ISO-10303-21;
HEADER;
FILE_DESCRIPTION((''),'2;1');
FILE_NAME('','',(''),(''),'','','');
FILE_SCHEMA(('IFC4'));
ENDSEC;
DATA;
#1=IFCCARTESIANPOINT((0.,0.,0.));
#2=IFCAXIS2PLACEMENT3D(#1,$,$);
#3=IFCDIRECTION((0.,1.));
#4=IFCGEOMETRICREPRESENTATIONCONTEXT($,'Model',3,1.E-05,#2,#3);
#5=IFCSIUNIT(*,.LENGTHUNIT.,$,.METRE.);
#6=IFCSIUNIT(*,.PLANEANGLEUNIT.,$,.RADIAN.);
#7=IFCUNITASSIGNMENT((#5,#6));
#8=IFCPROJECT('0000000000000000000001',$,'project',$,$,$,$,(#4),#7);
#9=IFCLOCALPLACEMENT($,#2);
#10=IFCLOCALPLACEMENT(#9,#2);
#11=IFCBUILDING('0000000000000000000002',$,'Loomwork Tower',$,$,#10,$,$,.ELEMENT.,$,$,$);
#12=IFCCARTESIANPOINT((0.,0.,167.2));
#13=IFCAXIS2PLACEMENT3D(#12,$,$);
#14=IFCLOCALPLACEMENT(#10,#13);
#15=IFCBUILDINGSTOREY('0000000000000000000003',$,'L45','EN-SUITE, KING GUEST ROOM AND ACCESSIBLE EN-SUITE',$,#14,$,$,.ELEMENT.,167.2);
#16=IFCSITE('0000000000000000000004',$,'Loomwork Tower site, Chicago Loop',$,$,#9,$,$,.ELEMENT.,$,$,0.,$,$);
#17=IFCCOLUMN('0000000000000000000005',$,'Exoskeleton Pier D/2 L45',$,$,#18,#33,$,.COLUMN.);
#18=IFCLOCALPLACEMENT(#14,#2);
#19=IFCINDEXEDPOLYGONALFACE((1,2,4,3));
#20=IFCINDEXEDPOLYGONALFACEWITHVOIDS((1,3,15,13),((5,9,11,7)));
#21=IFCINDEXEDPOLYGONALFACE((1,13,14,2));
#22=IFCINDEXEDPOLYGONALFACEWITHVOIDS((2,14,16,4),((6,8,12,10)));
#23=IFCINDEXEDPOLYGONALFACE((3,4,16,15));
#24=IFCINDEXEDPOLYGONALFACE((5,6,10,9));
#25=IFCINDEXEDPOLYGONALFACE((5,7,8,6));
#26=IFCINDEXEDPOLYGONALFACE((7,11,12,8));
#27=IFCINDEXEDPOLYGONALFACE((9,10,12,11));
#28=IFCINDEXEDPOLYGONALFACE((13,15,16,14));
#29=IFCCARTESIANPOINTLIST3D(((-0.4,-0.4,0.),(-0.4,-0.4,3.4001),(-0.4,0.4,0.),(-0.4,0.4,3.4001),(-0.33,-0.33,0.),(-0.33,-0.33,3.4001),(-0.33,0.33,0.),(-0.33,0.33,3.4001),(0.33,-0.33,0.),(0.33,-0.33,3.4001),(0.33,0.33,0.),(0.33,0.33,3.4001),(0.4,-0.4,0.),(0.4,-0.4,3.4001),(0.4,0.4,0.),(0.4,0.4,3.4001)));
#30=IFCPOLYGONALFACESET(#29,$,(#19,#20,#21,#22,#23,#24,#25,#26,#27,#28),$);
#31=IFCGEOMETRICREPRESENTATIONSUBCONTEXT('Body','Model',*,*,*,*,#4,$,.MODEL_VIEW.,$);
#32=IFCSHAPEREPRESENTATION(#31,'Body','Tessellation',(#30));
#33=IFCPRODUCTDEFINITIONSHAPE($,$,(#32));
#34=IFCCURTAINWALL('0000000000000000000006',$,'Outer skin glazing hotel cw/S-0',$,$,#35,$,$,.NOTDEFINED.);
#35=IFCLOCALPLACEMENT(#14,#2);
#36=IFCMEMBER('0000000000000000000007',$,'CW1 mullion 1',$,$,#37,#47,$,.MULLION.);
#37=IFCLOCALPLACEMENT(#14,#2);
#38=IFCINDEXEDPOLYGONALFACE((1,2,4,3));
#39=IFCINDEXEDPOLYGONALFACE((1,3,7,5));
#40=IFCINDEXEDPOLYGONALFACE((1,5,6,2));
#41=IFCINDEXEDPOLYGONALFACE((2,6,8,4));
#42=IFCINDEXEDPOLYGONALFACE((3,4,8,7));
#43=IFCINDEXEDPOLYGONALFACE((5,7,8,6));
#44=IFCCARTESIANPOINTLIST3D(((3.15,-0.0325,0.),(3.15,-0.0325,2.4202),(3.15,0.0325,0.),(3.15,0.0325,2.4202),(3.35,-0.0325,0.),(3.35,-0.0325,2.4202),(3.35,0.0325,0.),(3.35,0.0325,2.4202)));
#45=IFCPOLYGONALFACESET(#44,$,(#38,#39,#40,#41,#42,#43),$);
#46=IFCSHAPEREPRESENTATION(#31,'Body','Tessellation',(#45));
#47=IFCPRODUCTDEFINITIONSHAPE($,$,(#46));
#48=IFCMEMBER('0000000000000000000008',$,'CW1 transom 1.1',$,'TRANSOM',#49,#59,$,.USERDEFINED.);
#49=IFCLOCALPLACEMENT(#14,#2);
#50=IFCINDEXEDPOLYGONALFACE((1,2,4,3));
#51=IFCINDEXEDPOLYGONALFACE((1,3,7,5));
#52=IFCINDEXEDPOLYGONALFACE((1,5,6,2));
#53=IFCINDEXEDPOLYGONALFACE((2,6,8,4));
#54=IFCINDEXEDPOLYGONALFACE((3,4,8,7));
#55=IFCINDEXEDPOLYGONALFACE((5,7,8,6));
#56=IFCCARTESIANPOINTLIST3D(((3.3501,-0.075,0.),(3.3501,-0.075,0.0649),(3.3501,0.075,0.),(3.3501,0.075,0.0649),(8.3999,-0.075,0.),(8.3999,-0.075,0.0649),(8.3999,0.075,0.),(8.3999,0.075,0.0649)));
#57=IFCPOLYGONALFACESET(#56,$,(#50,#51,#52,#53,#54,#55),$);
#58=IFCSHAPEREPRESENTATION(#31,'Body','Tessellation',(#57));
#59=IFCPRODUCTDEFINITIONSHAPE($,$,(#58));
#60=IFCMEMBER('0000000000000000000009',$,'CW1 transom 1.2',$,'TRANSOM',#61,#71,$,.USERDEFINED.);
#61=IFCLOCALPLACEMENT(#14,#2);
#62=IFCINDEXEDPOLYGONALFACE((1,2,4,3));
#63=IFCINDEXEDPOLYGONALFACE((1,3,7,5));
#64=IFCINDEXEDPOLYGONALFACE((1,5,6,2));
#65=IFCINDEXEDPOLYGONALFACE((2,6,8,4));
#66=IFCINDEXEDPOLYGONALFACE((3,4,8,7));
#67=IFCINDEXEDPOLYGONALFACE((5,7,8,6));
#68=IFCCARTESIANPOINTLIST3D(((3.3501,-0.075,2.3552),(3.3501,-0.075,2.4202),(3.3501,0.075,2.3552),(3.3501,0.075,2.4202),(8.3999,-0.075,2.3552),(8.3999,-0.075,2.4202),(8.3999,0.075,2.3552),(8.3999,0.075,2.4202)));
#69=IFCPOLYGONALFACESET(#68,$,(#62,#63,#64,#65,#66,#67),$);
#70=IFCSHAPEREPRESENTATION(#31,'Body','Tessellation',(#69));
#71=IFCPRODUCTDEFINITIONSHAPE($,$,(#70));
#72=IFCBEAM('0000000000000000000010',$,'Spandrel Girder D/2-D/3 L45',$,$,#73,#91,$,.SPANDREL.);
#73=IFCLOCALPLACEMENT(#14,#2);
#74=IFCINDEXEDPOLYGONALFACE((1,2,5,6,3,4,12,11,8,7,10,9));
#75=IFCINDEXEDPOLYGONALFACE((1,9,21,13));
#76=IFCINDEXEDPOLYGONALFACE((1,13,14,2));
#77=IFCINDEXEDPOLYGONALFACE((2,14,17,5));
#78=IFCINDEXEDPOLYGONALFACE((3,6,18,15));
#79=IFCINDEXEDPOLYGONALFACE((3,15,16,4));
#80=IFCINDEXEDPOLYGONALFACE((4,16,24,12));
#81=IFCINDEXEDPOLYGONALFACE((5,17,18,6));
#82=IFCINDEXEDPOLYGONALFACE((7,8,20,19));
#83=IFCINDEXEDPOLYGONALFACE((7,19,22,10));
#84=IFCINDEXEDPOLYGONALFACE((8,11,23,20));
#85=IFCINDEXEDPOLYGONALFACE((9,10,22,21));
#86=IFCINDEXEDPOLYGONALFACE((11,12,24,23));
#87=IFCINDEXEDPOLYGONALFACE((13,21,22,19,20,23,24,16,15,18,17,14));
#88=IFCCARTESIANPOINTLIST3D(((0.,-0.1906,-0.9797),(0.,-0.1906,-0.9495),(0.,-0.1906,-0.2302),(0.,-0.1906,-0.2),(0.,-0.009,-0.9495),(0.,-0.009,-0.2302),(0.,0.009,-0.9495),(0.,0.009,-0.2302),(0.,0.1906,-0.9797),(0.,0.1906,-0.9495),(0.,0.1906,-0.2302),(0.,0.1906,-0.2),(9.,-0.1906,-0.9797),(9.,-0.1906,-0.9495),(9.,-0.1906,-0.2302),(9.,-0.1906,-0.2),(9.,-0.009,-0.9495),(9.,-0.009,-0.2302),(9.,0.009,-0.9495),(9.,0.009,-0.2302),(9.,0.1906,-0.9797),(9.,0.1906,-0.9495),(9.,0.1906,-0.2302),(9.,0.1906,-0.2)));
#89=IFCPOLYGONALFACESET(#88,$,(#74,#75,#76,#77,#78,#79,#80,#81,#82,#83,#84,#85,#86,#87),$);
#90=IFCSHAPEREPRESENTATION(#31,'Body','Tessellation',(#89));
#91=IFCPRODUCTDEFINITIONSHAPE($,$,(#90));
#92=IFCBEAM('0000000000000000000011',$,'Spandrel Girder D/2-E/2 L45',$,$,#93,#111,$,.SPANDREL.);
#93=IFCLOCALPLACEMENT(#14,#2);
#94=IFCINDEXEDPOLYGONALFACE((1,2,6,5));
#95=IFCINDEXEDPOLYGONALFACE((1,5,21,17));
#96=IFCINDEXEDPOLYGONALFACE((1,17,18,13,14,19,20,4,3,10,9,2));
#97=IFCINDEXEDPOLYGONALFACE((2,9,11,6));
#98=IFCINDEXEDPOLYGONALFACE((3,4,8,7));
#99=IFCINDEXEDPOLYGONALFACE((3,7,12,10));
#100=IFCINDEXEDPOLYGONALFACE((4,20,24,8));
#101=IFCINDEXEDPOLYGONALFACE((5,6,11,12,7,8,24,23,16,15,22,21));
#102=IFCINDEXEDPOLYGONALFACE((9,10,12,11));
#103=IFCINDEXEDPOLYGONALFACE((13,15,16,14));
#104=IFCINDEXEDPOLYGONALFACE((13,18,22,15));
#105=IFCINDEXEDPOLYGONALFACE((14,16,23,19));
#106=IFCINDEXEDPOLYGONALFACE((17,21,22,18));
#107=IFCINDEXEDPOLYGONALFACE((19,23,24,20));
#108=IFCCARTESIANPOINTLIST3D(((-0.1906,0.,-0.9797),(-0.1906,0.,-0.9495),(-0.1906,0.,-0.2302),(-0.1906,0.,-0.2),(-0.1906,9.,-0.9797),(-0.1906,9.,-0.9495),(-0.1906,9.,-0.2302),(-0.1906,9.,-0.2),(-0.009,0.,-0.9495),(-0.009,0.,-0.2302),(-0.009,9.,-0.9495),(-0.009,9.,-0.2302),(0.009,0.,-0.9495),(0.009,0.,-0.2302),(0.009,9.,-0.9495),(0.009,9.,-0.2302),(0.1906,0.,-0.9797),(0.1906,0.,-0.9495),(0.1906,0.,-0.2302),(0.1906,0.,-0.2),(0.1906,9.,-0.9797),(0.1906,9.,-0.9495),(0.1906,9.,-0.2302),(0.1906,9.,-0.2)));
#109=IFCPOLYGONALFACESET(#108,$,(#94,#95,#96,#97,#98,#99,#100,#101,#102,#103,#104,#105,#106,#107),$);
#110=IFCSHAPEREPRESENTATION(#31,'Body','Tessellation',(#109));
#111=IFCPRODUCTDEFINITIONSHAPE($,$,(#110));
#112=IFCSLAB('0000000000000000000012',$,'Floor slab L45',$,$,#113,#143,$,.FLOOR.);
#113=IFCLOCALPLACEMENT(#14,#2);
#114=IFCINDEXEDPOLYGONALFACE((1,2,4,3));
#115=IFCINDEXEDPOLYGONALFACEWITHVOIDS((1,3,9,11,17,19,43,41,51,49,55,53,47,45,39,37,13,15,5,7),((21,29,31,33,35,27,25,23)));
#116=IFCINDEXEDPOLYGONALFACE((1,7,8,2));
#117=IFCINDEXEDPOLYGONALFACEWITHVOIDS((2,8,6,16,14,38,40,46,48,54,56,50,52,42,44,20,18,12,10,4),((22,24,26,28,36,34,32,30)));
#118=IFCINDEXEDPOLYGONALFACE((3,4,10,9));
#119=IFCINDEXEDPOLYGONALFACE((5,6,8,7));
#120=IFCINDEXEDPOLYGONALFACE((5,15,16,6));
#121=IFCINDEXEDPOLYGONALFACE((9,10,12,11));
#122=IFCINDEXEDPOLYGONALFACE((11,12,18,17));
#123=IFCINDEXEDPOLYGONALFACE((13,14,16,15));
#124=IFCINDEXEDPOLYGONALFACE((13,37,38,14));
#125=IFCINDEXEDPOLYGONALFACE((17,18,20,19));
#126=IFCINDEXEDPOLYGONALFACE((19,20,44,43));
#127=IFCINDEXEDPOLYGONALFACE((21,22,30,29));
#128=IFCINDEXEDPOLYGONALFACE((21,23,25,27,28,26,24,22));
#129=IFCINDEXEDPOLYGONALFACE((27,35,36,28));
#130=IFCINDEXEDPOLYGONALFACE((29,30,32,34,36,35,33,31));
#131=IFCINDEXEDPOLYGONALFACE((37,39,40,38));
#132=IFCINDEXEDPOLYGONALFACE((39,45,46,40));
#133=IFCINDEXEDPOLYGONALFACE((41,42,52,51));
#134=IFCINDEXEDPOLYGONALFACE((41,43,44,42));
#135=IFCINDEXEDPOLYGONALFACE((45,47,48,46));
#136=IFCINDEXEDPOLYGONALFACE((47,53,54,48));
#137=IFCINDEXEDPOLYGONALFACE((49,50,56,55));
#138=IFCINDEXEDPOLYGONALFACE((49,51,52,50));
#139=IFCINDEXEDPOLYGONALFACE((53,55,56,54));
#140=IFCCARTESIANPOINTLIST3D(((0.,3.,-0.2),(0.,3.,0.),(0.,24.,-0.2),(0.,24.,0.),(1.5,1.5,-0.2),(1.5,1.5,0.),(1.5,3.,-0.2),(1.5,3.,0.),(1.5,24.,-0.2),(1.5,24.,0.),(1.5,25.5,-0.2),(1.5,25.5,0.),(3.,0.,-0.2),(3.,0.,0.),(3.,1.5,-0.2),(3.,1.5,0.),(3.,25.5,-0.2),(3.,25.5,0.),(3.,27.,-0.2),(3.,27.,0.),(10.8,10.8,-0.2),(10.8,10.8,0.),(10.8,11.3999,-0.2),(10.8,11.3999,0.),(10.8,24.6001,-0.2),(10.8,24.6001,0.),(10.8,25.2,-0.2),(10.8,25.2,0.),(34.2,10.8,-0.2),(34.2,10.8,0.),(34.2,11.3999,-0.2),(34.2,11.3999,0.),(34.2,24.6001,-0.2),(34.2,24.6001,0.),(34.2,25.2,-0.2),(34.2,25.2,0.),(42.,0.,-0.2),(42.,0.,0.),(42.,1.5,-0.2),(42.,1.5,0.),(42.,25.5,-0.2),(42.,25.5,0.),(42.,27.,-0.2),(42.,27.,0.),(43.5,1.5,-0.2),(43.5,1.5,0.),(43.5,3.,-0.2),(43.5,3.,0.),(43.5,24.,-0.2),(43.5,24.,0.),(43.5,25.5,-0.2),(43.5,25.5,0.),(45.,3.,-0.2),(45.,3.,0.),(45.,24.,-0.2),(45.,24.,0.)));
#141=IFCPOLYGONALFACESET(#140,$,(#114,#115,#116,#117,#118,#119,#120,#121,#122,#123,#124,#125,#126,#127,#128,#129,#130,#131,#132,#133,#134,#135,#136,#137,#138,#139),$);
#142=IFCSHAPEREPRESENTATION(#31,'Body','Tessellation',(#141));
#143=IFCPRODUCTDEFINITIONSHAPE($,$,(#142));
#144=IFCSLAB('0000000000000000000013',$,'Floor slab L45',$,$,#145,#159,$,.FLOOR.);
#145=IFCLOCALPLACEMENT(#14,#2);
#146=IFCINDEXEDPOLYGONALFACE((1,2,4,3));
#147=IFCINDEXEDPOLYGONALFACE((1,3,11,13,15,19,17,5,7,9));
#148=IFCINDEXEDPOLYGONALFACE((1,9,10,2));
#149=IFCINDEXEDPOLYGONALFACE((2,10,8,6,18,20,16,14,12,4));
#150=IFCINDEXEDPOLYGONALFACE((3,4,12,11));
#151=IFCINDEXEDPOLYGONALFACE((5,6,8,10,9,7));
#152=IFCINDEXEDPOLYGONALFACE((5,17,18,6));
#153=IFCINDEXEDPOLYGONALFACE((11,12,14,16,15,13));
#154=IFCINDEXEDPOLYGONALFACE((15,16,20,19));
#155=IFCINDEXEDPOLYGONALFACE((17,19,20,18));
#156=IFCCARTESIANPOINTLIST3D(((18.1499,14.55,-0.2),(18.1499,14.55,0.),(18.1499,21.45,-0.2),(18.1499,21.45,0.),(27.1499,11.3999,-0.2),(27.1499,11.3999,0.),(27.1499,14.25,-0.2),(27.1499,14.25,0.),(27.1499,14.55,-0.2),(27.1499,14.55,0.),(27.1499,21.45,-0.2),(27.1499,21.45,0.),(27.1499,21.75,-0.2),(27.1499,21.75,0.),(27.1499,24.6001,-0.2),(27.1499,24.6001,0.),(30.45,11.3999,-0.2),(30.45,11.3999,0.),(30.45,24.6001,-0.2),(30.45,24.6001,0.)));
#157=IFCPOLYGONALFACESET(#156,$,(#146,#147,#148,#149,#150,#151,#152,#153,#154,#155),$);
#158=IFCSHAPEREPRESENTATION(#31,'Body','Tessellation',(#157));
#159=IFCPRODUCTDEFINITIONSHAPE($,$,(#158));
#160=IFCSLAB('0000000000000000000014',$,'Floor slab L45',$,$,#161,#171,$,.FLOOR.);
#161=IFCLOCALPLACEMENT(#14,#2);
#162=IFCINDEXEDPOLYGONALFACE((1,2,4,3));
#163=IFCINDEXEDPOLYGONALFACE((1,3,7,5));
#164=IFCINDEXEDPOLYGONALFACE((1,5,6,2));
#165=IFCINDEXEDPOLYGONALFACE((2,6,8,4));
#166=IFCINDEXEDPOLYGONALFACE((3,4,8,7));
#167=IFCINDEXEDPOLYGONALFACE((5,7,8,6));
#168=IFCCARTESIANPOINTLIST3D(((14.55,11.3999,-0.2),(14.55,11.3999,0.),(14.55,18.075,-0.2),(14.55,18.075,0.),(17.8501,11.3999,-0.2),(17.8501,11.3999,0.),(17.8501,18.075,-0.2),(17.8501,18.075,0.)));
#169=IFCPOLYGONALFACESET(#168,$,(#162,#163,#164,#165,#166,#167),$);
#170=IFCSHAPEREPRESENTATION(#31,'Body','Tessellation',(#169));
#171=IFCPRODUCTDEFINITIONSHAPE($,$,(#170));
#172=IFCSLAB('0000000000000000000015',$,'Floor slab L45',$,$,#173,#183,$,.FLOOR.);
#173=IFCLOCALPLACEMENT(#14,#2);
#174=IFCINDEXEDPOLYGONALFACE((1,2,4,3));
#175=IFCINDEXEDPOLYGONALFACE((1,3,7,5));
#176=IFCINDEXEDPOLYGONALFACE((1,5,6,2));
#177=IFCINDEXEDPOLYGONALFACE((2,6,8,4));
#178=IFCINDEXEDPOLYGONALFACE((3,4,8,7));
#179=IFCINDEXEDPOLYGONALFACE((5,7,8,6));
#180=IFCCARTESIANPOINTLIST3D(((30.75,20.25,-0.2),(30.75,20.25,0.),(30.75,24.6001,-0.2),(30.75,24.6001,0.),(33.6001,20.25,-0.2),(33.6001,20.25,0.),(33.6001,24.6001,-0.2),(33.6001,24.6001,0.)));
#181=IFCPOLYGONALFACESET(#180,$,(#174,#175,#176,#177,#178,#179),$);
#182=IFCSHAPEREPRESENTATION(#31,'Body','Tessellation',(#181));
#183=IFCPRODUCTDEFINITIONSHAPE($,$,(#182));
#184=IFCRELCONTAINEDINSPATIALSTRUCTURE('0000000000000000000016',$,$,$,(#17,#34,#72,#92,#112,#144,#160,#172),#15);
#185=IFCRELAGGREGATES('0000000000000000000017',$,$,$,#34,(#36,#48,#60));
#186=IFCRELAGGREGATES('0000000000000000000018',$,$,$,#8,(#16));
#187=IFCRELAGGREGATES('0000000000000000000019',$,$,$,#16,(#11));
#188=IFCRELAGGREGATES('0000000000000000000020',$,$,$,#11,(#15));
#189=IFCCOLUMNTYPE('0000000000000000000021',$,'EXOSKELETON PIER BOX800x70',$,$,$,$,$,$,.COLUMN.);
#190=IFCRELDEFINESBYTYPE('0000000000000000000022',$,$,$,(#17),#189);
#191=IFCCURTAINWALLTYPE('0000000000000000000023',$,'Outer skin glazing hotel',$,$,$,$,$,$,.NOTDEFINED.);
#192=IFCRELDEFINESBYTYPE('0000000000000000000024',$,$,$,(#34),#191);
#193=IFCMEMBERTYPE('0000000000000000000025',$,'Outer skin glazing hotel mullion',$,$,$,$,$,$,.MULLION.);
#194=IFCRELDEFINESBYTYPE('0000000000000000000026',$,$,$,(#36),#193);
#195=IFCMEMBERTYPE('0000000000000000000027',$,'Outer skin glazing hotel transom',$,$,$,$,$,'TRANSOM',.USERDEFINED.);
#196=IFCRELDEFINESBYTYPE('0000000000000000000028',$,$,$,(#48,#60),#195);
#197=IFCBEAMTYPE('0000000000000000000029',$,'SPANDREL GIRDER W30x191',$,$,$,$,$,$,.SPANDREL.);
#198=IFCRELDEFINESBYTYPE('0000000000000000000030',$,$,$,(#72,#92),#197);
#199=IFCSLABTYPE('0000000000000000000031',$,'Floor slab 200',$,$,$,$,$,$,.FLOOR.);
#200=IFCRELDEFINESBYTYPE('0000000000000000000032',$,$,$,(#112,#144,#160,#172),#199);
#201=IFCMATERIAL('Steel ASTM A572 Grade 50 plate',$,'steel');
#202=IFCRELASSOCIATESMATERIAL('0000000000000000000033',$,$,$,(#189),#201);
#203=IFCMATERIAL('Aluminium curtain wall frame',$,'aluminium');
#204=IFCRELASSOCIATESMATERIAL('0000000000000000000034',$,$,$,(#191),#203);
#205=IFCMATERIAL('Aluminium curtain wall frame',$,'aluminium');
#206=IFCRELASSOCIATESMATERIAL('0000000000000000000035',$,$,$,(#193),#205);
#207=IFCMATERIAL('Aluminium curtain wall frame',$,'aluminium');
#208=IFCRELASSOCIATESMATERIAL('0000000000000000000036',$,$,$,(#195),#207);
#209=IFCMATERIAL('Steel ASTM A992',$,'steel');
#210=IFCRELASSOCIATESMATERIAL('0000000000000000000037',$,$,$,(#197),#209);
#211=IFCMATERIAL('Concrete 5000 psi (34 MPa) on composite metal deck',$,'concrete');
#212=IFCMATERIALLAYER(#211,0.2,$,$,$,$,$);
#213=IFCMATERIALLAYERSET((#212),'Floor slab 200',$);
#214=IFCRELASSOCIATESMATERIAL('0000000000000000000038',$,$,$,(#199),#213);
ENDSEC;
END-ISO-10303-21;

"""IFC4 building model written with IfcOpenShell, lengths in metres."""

from ifc_helpers import new_model, si_unit, direction, frame, origin, origin_with_axes, origin_2d, place, context, subcontext, project, spatial, polyline, rectangle, hollow_rectangle, i_section, outline, extrude, material, layer, layer_set, material_profile, profile_set, type_object, element, aggregate, save


model = new_model("IFC4")

# Units and contexts
model_context = context("Model", 3, precision=1e-05, world=origin(), true_north=direction((0.0, 1.0)))
body_context = subcontext(model_context, "Body", "Model", "MODEL_VIEW")
ifc_project = project(units=[si_unit("LENGTHUNIT", "METRE"), si_unit("PLANEANGLEUNIT", "RADIAN")], contexts=[model_context])

# Site, building, storey
site_placement = place(None, origin())
site = spatial("IfcSite", under=ifc_project, at=site_placement, Name="Loomwork Tower site, Chicago Loop", CompositionType="ELEMENT", RefElevation=0.0)
building_placement = place(site_placement, origin())
building = spatial("IfcBuilding", under=site, at=building_placement, Name="Loomwork Tower", CompositionType="ELEMENT")
storey_placement = place(building_placement, frame((0.0, 0.0, 167.2)))
storey = spatial("IfcBuildingStorey", under=building, at=storey_placement, Name="L45", Description="EN-SUITE, KING GUEST ROOM AND ACCESSIBLE EN-SUITE", CompositionType="ELEMENT", Elevation=167.2)

# Column
ifc_material_1 = material(Name="Steel ASTM A572 Grade 50 plate", Category="steel")
ifc_material_profile_1 = material_profile(ifc_material_1, hollow_rectangle(XDim=0.8, YDim=0.8, WallThickness=0.0701, at=origin_2d()), Name="BOX800x70")
ifc_profile_set_1 = profile_set([ifc_material_profile_1], Name="Steel ASTM A572 Grade 50 plate")
column_type = type_object("IfcColumnType", Name="EXOSKELETON PIER BOX800x70", PredefinedType="COLUMN", material=ifc_profile_set_1)
column_placement = place(storey_placement, origin_with_axes())
element("IfcColumn", 1, at=column_placement, inside=storey, type_object=column_type, Name="Exoskeleton Pier D/2 L45", PredefinedType="COLUMN", context=body_context, shape_type="SweptSolid", body=[
    extrude(hollow_rectangle(XDim=0.8, YDim=0.8, WallThickness=0.0701, at=origin_2d()), origin(), (0.0, 0.0, 1.0), 3.4001),
])

# Curtain wall, members
ifc_material_2 = material(Name="Aluminium curtain wall frame", Category="aluminium")
curtain_wall_type = type_object("IfcCurtainWallType", Name="Outer skin glazing hotel", PredefinedType="NOTDEFINED", material=ifc_material_2)
curtain_wall_placement = place(storey_placement, origin())
curtain_wall = element("IfcCurtainWall", 2, at=curtain_wall_placement, inside=storey, type_object=curtain_wall_type, Name="Outer skin glazing hotel cw/S-0", PredefinedType="NOTDEFINED")
ifc_material_3 = material(Name="Aluminium curtain wall frame", Category="aluminium")
ifc_material_profile_2 = material_profile(ifc_material_3, rectangle(XDim=0.0649, YDim=0.2, at=origin_2d()), Name="AL 65x200")
ifc_profile_set_2 = profile_set([ifc_material_profile_2], Name="Aluminium curtain wall frame")
member_type_1 = type_object("IfcMemberType", Name="Outer skin glazing hotel mullion", PredefinedType="MULLION", material=ifc_profile_set_2)
member_1_placement = place(storey_placement, frame((3.25, 0.0, 0.0), z_axis=(0.0, 0.0, 1.0), x_axis=(0.0, 1.0, 0.0)))
member_1 = element("IfcMember", 3, at=member_1_placement, type_object=member_type_1, Name="CW1 mullion 1", PredefinedType="MULLION", context=body_context, shape_type="SweptSolid", body=[
    extrude(rectangle(XDim=0.0649, YDim=0.2, at=origin_2d()), origin(), (0.0, 0.0, 1.0), 2.4202),
])
ifc_material_4 = material(Name="Aluminium curtain wall frame", Category="aluminium")
ifc_material_profile_3 = material_profile(ifc_material_4, rectangle(XDim=0.1499, YDim=0.0649, at=origin_2d()), Name="AL 65x150")
ifc_profile_set_3 = profile_set([ifc_material_profile_3], Name="Aluminium curtain wall frame")
member_type_2 = type_object("IfcMemberType", Name="Outer skin glazing hotel transom", ElementType="TRANSOM", PredefinedType="USERDEFINED", material=ifc_profile_set_3)
member_2_placement = place(storey_placement, frame((3.3501, 0.0, 0.0325), z_axis=(1.0, 0.0, 0.0), x_axis=(0.0, 1.0, 0.0)))
member_2 = element("IfcMember", 4, at=member_2_placement, type_object=member_type_2, Name="CW1 transom 1.1", ObjectType="TRANSOM", PredefinedType="USERDEFINED", context=body_context, shape_type="SweptSolid", body=[
    extrude(rectangle(XDim=0.1499, YDim=0.0649, at=origin_2d()), origin(), (0.0, 0.0, 1.0), 5.0498),
])
member_3_placement = place(storey_placement, frame((3.3501, 0.0, 2.3877), z_axis=(1.0, 0.0, 0.0), x_axis=(0.0, 1.0, 0.0)))
member_3 = element("IfcMember", 5, at=member_3_placement, type_object=member_type_2, Name="CW1 transom 1.2", ObjectType="TRANSOM", PredefinedType="USERDEFINED", context=body_context, shape_type="SweptSolid", body=[
    extrude(rectangle(XDim=0.1499, YDim=0.0649, at=origin_2d()), origin(), (0.0, 0.0, 1.0), 5.0498),
])
aggregate(curtain_wall, [member_1, member_2, member_3])

# Beams
ifc_material_5 = material(Name="Steel ASTM A992", Category="steel")
ifc_material_profile_4 = material_profile(ifc_material_5, i_section(OverallWidth=0.3811, OverallDepth=0.7798, WebThickness=0.0181, FlangeThickness=0.0303, at=origin_2d()), Name="W30x191")
ifc_profile_set_4 = profile_set([ifc_material_profile_4], Name="Steel ASTM A992")
beam_type = type_object("IfcBeamType", Name="SPANDREL GIRDER W30x191", PredefinedType="SPANDREL", material=ifc_profile_set_4)
for number, where, z_axis, x_axis, name in (
    (6, (0.0, 0.0, -0.5898), (1.0, 0.0, 0.0), (0.0, 1.0, 0.0), "Spandrel Girder D/2-D/3 L45"),
    (7, (0.0, 0.0, -0.5898), (0.0, 1.0, 0.0), (-1.0, 0.0, 0.0), "Spandrel Girder D/2-E/2 L45"),
):
    element("IfcBeam", number, at=place(storey_placement, frame(where, z_axis=z_axis, x_axis=x_axis)), inside=storey, type_object=beam_type, Name=name, PredefinedType="SPANDREL", context=body_context, shape_type="SweptSolid", body=[
        extrude(i_section(OverallWidth=0.3811, OverallDepth=0.7798, WebThickness=0.0181, FlangeThickness=0.0303, at=origin_2d()), origin(), (0.0, 0.0, 1.0), 9.0),
    ])

# Slabs
ifc_material_6 = material(Name="Concrete 5000 psi (34 MPa) on composite metal deck", Category="concrete")
ifc_layer_1 = layer(ifc_material_6, 0.2)
ifc_layer_set_1 = layer_set([ifc_layer_1], Name="Floor slab 200")
slab_type_1 = type_object("IfcSlabType", Name="Floor slab 200", PredefinedType="FLOOR", material=ifc_layer_set_1)
slab_1_placement = place(storey_placement, frame((0.0, 0.0, -0.2)))
element("IfcSlab", 8, at=slab_1_placement, inside=storey, type_object=slab_type_1, Name="Floor slab L45", PredefinedType="FLOOR", context=body_context, shape_type="SweptSolid", body=[
    extrude(outline(polyline([(3.0, 1.5), (1.5, 1.5), (1.5, 3.0), (0.0, 3.0), (0.0, 24.0), (1.5, 24.0), (1.5, 25.5), (3.0, 25.5), (3.0, 27.0), (42.0, 27.0), (42.0, 25.5), (43.5, 25.5), (43.5, 24.0), (45.0, 24.0), (45.0, 3.0), (43.5, 3.0), (43.5, 1.5), (42.0, 1.5), (42.0, 0.0), (3.0, 0.0), (3.0, 1.5)]), holes=[polyline([(10.8, 11.3999), (10.8, 11.3999), (10.8, 10.8), (34.2, 10.8), (34.2, 11.3999), (34.2, 11.3999), (34.2, 24.6001), (34.2, 25.2), (10.8, 25.2), (10.8, 24.6001), (10.8, 11.3999)])]), origin(), (0.0, 0.0, 1.0), 0.2),
])
slab_2_placement = place(storey_placement, frame((0.0, 0.0, -0.2)))
element("IfcSlab", 9, at=slab_2_placement, inside=storey, type_object=slab_type_1, Name="Floor slab L45", PredefinedType="FLOOR", context=body_context, shape_type="SweptSolid", body=[
    extrude(outline(polyline([(30.45, 24.6001), (30.45, 11.3999), (27.1499, 11.3999), (27.1499, 14.25), (27.1499, 14.55), (18.1499, 14.55), (18.1499, 21.45), (27.1499, 21.45), (27.1499, 21.75), (27.1499, 24.6001), (30.45, 24.6001)])), origin(), (0.0, 0.0, 1.0), 0.2),
])
slab_3_placement = place(storey_placement, frame((0.0, 0.0, -0.2)))
element("IfcSlab", 10, at=slab_3_placement, inside=storey, type_object=slab_type_1, Name="Floor slab L45", PredefinedType="FLOOR", context=body_context, shape_type="SweptSolid", body=[
    extrude(outline(polyline([(14.55, 11.3999), (14.55, 18.075), (17.8501, 18.075), (17.8501, 11.3999), (14.55, 11.3999)])), origin(), (0.0, 0.0, 1.0), 0.2),
])
slab_4_placement = place(storey_placement, frame((0.0, 0.0, -0.2)))
element("IfcSlab", 11, at=slab_4_placement, inside=storey, type_object=slab_type_1, Name="Floor slab L45", PredefinedType="FLOOR", context=body_context, shape_type="SweptSolid", body=[
    extrude(outline(polyline([(33.6001, 20.25), (30.75, 20.25), (30.75, 24.6001), (33.6001, 24.6001), (33.6001, 20.25)])), origin(), (0.0, 0.0, 1.0), 0.2),
])

save(model, "model.ifc")
